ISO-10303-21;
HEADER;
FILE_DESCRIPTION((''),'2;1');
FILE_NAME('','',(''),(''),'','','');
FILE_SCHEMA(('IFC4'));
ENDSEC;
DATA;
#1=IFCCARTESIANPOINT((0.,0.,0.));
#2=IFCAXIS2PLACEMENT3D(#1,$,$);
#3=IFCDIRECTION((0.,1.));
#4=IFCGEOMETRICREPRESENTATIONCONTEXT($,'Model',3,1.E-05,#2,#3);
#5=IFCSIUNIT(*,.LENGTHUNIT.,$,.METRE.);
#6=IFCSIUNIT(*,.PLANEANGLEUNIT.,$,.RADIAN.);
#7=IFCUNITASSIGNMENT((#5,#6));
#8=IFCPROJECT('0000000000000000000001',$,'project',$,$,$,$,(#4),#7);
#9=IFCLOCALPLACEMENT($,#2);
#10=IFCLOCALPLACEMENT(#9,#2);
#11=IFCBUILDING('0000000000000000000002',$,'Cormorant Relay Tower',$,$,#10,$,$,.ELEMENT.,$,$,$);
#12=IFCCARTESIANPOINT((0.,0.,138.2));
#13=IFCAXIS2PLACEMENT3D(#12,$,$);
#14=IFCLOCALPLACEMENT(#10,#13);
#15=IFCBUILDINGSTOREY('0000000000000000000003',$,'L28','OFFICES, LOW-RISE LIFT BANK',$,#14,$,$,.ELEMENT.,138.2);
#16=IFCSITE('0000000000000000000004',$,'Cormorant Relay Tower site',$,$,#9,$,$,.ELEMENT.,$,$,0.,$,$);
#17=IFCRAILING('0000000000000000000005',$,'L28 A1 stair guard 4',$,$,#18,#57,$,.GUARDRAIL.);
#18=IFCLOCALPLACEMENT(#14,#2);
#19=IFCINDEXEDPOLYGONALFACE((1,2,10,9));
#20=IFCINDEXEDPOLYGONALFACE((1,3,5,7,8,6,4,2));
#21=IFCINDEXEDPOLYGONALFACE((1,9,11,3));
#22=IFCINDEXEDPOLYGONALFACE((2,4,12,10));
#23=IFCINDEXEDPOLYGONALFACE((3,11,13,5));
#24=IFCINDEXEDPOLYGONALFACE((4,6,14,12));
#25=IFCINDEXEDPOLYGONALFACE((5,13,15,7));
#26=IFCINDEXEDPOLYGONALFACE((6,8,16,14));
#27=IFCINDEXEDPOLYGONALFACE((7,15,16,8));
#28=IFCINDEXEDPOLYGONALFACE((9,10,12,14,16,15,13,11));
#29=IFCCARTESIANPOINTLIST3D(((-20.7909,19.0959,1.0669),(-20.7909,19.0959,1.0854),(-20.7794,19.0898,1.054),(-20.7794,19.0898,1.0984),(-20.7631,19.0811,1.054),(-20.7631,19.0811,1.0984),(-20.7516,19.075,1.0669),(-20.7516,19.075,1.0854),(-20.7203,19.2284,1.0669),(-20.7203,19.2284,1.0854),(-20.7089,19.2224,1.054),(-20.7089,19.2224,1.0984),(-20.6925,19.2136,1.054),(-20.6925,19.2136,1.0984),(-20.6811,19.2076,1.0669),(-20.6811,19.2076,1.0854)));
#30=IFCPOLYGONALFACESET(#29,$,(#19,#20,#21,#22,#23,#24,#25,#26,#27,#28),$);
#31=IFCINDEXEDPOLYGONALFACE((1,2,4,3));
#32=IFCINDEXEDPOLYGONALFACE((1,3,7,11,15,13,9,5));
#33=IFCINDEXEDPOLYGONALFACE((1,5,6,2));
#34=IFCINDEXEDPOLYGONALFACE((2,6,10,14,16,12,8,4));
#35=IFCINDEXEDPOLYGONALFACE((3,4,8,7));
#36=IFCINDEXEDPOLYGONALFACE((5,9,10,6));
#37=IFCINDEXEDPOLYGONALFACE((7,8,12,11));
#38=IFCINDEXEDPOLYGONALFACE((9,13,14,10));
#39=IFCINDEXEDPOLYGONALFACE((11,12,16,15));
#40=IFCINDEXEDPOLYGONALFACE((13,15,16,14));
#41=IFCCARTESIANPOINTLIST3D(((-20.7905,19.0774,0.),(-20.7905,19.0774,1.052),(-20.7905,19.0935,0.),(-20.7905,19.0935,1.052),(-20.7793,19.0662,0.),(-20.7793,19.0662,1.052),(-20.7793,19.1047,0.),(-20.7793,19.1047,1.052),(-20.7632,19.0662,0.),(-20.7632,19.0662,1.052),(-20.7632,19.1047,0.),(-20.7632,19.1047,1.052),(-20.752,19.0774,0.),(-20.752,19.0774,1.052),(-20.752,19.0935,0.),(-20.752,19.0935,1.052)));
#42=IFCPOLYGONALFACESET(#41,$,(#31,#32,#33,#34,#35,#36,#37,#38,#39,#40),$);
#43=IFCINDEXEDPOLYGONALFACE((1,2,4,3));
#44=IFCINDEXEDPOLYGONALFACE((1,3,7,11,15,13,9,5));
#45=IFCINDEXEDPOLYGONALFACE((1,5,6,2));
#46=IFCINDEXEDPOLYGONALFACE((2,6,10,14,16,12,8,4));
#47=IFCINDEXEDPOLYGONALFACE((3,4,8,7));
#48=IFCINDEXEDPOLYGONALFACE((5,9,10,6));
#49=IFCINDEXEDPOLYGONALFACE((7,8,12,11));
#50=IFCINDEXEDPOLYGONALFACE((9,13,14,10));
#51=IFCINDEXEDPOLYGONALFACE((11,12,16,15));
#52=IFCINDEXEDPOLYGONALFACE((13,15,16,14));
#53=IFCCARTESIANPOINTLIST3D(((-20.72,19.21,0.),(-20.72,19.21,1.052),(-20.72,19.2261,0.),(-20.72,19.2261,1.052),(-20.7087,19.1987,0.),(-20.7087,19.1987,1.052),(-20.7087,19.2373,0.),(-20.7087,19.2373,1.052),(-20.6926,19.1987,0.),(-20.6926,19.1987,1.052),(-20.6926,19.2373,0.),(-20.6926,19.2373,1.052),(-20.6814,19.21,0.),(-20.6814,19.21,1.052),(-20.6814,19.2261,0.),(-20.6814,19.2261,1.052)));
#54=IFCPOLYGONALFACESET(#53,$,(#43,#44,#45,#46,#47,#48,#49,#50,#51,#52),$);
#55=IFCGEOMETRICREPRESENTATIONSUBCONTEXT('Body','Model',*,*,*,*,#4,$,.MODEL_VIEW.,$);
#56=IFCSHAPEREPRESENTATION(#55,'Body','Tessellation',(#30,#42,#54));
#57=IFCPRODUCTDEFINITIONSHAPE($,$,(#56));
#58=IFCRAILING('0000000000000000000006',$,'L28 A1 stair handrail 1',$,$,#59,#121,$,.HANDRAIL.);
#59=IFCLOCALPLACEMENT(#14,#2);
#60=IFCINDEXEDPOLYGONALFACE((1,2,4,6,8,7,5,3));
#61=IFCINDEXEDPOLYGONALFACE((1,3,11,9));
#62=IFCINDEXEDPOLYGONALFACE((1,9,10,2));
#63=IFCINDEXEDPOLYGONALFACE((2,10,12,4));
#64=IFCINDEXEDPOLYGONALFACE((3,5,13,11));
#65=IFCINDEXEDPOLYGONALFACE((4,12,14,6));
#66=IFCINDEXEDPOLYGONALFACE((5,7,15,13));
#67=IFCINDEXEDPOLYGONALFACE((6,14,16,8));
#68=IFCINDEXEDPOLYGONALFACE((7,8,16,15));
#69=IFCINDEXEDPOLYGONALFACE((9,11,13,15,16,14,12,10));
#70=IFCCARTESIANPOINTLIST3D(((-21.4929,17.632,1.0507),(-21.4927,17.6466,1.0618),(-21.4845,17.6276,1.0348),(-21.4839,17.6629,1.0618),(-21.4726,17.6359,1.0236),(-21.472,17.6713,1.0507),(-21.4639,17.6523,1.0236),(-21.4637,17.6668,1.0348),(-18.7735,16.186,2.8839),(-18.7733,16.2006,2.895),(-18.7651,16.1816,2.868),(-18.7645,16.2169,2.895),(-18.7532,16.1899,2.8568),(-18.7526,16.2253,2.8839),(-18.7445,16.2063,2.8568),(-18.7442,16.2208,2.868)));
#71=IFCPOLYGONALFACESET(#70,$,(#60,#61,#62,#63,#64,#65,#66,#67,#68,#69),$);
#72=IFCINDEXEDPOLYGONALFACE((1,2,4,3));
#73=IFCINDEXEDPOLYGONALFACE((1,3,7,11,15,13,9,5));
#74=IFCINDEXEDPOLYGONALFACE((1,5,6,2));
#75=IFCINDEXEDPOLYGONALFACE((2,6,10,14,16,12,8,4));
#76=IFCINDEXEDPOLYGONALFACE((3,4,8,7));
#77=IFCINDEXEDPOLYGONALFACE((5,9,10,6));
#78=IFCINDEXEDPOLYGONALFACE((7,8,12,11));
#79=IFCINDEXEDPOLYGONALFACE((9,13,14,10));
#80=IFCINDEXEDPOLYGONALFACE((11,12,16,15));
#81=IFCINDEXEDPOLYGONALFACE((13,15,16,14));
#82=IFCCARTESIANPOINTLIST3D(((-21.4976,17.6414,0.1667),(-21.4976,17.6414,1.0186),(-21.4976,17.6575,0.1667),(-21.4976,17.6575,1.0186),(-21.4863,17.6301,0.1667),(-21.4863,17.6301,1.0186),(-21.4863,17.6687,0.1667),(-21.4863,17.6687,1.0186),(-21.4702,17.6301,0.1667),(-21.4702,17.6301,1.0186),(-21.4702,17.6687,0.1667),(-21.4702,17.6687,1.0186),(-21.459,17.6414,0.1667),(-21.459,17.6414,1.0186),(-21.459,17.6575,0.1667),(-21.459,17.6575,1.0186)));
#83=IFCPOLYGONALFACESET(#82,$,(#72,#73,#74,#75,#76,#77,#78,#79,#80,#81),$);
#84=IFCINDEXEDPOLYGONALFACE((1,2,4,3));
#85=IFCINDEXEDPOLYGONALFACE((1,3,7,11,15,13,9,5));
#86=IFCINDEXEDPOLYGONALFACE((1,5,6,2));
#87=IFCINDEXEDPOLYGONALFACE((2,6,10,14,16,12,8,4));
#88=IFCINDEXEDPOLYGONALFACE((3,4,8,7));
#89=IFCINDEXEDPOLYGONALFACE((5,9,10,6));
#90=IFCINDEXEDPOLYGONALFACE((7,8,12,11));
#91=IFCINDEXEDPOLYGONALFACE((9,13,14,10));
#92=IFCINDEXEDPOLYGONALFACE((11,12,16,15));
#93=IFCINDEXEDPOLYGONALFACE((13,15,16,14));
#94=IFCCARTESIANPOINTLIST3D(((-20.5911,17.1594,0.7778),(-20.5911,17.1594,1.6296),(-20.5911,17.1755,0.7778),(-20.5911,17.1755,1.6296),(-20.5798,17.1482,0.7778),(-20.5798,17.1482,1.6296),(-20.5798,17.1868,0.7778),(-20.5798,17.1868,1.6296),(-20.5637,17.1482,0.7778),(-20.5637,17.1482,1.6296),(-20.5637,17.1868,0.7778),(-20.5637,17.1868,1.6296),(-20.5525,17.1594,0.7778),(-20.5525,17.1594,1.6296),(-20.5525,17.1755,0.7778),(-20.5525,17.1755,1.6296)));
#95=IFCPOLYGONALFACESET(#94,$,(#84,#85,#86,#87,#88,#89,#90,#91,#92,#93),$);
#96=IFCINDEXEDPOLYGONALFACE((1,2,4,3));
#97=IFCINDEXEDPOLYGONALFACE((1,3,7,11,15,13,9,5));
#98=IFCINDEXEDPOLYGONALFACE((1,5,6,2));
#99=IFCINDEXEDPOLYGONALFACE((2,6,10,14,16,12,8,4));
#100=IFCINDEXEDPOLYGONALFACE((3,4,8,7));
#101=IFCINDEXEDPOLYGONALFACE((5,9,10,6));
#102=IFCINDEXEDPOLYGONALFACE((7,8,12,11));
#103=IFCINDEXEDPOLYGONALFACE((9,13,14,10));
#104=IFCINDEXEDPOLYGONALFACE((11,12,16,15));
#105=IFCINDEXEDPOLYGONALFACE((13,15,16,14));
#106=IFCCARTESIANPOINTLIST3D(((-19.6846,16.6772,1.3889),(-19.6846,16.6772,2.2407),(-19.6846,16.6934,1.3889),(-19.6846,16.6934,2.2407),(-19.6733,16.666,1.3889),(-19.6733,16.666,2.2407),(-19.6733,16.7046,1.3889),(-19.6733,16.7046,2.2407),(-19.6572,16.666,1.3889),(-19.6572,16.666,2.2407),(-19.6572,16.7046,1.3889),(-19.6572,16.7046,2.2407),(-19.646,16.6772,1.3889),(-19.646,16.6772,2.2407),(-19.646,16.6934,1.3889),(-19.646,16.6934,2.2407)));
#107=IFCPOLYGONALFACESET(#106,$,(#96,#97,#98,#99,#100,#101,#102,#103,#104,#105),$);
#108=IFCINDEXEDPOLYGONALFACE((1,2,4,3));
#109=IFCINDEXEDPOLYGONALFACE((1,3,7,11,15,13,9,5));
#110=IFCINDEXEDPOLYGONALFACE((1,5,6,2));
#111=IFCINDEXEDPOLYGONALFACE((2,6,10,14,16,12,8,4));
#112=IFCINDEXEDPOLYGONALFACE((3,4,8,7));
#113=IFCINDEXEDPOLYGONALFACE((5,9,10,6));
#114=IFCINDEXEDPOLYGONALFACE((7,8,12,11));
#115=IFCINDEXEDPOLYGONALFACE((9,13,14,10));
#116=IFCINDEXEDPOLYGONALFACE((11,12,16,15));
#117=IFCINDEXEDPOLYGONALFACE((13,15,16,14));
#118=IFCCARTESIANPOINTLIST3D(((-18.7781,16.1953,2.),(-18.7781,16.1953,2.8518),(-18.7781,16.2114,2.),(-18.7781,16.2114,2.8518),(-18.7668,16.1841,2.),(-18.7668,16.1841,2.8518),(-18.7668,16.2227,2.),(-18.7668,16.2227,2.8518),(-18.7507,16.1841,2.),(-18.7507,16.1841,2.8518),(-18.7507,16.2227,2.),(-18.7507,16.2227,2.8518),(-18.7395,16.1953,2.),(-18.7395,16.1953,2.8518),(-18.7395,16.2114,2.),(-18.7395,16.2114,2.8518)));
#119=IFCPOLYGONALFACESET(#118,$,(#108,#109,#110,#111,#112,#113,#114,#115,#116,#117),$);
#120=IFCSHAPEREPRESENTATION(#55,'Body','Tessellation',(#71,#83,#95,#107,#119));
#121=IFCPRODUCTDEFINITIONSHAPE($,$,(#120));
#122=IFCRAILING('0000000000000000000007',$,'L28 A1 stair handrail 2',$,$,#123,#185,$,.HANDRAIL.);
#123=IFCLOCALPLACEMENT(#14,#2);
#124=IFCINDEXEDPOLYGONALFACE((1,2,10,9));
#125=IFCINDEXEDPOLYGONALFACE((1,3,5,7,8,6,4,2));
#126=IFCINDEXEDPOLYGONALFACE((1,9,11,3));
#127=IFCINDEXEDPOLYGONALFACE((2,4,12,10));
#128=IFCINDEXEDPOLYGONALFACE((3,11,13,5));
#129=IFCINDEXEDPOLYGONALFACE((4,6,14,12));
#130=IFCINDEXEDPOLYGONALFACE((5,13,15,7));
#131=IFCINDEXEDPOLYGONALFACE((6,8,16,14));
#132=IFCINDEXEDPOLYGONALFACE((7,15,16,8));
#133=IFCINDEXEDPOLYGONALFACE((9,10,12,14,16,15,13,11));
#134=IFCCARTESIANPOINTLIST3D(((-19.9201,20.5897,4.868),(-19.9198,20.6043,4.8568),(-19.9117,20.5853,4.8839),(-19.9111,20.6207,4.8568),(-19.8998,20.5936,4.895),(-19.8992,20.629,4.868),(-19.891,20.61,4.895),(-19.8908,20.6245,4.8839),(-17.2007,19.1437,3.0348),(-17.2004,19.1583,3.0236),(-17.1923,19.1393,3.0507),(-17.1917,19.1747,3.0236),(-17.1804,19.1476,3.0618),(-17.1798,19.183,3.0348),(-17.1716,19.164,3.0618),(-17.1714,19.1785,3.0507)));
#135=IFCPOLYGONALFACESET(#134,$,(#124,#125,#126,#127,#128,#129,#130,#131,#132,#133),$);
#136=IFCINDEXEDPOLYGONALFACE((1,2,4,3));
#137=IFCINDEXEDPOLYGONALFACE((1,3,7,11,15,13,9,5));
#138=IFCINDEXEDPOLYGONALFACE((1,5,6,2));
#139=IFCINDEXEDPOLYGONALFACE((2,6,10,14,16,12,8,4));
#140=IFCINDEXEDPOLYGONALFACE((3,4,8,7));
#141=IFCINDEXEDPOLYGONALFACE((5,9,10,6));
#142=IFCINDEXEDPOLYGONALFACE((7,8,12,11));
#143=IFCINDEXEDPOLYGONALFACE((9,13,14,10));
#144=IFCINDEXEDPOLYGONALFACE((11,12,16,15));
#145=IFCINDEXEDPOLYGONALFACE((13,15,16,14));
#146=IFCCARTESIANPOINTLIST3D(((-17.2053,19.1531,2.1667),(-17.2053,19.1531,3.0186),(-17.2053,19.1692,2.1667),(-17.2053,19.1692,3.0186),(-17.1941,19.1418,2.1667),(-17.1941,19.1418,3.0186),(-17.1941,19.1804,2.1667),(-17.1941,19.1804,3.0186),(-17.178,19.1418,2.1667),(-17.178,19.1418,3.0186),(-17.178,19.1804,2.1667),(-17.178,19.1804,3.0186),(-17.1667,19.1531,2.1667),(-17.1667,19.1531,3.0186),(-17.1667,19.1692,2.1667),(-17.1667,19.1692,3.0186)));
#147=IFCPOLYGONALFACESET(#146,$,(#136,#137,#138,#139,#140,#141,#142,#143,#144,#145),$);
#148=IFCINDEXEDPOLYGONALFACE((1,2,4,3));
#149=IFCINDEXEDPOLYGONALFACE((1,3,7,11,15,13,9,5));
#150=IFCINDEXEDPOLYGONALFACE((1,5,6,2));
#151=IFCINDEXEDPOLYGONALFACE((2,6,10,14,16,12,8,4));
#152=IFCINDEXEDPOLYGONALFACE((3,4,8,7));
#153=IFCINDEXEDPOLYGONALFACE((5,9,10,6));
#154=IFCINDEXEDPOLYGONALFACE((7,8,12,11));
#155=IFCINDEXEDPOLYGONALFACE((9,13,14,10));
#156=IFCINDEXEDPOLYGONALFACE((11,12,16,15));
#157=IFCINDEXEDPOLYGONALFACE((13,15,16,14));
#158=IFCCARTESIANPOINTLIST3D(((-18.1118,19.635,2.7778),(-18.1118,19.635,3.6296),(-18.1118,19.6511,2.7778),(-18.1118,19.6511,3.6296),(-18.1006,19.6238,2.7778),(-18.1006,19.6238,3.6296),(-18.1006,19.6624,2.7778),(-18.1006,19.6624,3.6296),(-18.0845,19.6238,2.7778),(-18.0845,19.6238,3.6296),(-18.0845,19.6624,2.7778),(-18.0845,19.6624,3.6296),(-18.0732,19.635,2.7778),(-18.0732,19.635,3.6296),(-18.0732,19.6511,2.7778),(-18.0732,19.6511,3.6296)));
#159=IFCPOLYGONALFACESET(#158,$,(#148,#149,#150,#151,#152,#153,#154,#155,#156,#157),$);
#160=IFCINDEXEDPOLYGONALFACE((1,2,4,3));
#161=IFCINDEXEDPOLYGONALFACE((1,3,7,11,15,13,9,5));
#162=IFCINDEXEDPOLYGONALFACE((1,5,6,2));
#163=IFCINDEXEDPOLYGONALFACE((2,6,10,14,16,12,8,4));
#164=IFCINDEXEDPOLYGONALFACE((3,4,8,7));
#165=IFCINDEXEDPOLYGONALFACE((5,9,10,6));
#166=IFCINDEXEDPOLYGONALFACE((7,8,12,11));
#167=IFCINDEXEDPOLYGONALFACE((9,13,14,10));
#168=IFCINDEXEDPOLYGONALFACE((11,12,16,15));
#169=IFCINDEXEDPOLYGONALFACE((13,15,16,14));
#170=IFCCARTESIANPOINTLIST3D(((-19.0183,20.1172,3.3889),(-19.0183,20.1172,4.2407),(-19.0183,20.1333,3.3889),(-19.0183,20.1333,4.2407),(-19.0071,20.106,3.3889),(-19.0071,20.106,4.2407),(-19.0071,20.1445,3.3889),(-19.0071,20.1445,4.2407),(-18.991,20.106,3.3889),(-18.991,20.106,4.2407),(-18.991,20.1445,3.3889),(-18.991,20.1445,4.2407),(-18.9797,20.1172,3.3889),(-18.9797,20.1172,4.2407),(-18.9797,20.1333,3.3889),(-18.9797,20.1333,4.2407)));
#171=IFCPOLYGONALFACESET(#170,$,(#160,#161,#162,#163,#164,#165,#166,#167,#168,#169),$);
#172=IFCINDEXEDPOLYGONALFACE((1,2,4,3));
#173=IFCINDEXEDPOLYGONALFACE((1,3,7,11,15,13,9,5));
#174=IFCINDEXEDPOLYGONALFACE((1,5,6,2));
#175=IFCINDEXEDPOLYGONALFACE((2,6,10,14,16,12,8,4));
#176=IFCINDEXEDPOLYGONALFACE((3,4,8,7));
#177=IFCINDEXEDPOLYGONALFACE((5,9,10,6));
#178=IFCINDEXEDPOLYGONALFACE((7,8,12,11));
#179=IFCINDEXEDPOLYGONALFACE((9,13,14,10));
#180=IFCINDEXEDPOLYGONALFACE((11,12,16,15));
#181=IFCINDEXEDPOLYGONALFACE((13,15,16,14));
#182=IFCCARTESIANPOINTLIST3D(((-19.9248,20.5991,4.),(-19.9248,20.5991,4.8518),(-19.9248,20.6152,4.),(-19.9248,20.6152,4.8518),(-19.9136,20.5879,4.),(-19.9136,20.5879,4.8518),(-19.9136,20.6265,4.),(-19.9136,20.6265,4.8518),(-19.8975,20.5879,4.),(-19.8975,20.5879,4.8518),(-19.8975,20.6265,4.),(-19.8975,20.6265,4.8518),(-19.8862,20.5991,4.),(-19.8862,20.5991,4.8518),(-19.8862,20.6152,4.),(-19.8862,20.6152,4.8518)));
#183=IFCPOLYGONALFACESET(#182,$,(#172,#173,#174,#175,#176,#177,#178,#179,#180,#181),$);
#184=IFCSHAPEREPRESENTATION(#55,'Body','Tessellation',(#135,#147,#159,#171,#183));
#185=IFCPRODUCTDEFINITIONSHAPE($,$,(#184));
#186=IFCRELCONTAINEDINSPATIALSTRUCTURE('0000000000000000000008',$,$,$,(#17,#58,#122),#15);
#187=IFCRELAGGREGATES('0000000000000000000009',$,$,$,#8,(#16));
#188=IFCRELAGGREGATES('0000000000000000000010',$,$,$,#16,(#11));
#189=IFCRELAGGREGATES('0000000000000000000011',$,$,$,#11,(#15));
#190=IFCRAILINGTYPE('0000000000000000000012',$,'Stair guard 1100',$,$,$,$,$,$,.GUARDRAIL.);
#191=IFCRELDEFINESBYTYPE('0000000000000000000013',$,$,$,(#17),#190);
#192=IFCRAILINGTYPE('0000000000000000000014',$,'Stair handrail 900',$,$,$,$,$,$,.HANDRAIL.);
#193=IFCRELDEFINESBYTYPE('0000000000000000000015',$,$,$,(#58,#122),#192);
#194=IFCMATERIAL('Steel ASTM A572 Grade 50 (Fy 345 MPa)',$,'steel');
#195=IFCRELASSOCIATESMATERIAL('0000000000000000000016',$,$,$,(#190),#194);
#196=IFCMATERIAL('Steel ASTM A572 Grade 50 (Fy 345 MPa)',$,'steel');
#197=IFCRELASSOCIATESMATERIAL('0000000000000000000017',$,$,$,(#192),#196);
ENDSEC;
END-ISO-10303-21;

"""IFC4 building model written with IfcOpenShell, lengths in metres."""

from ifc_helpers import new_model, si_unit, direction, frame, origin, place, context, subcontext, project, spatial, polyline, outline, extrude, material, type_object, element, save


model = new_model("IFC4")

# Units and contexts
model_context = context("Model", 3, precision=1e-05, world=origin(), true_north=direction((0.0, 1.0)))
body_context = subcontext(model_context, "Body", "Model", "MODEL_VIEW")
ifc_project = project(units=[si_unit("LENGTHUNIT", "METRE"), si_unit("PLANEANGLEUNIT", "RADIAN")], contexts=[model_context])

# Site, building, storey
site_placement = place(None, origin())
site = spatial("IfcSite", under=ifc_project, at=site_placement, Name="Cormorant Relay Tower site", CompositionType="ELEMENT", RefElevation=0.0)
building_placement = place(site_placement, origin())
building = spatial("IfcBuilding", under=site, at=building_placement, Name="Cormorant Relay Tower", CompositionType="ELEMENT")
storey_placement = place(building_placement, frame((0.0, 0.0, 138.2)))
storey = spatial("IfcBuildingStorey", under=building, at=storey_placement, Name="L28", Description="OFFICES, LOW-RISE LIFT BANK", CompositionType="ELEMENT", Elevation=138.2)

# Railings
ifc_material_1 = material(Name="Steel ASTM A572 Grade 50 (Fy 345 MPa)", Category="steel")
railing_type_1 = type_object("IfcRailingType", Name="Stair guard 1100", PredefinedType="GUARDRAIL", material=ifc_material_1)
railing_1_placement = place(storey_placement, frame((-20.7712, 19.0854, 0.0)))
element("IfcRailing", 1, at=railing_1_placement, inside=storey, type_object=railing_type_1, Name="L28 A1 stair guard 4", PredefinedType="GUARDRAIL", context=body_context, shape_type="SweptSolid", body=[
    extrude(outline(polyline([(0.0222, 0.0093), (0.0093, 0.0222), (-0.0093, 0.0222), (-0.0222, 0.0093), (-0.0222, -0.0093), (-0.0093, -0.0222), (0.0093, -0.0222), (0.0222, -0.0093), (0.0222, 0.0093)])), frame((0.0, 0.0, 1.0762), z_axis=(0.469829, 0.882758, 0.0), x_axis=(-0.882758, 0.469829, 0.0)), (0.0, 0.0, 1.0), 0.1501),
    extrude(outline(polyline([(0.0193, 0.0081), (0.0081, 0.0193), (-0.0081, 0.0193), (-0.0193, 0.0081), (-0.0193, -0.0081), (-0.0081, -0.0193), (0.0081, -0.0193), (0.0193, -0.0081), (0.0193, 0.0081)])), origin(), (0.0, 0.0, 1.0), 1.052),
    extrude(outline(polyline([(0.0193, 0.0081), (0.0081, 0.0193), (-0.0081, 0.0193), (-0.0193, 0.0081), (-0.0193, -0.0081), (-0.0081, -0.0193), (0.0081, -0.0193), (0.0193, -0.0081), (0.0193, 0.0081)])), frame((0.0706, 0.1326, 0.0)), (0.0, 0.0, 1.0), 1.052),
])
ifc_material_2 = material(Name="Steel ASTM A572 Grade 50 (Fy 345 MPa)", Category="steel")
railing_type_2 = type_object("IfcRailingType", Name="Stair handrail 900", PredefinedType="HANDRAIL", material=ifc_material_2)
railing_2_placement = place(storey_placement, frame((-21.4783, 17.6494, 0.1667)))
element("IfcRailing", 2, at=railing_2_placement, inside=storey, type_object=railing_type_2, Name="L28 A1 stair handrail 1", PredefinedType="HANDRAIL", context=body_context, shape_type="SweptSolid", body=[
    extrude(outline(polyline([(0.0222, 0.0093), (0.0093, 0.0222), (-0.0093, 0.0222), (-0.0222, 0.0093), (-0.0222, -0.0093), (-0.0093, -0.0222), (0.0093, -0.0222), (0.0222, -0.0093), (0.0222, 0.0093)])), frame((0.0, 0.0, 0.876), z_axis=(0.758714, -0.403435, 0.511463), x_axis=(0.469489, 0.882938, 0.0)), (0.0, 0.0, 1.0), 3.5842),
    extrude(outline(polyline([(0.0193, 0.0081), (0.0081, 0.0193), (-0.0081, 0.0193), (-0.0193, 0.0081), (-0.0193, -0.0081), (-0.0081, -0.0193), (0.0081, -0.0193), (0.0193, -0.0081), (0.0193, 0.0081)])), origin(), (0.0, 0.0, 1.0), 0.8518),
    extrude(outline(polyline([(0.0193, 0.0081), (0.0081, 0.0193), (-0.0081, 0.0193), (-0.0193, 0.0081), (-0.0193, -0.0081), (-0.0081, -0.0193), (0.0081, -0.0193), (0.0193, -0.0081), (0.0193, 0.0081)])), frame((0.9065, -0.4819, 0.6111)), (0.0, 0.0, 1.0), 0.8518),
    extrude(outline(polyline([(0.0193, 0.0081), (0.0081, 0.0193), (-0.0081, 0.0193), (-0.0193, 0.0081), (-0.0193, -0.0081), (-0.0081, -0.0193), (0.0081, -0.0193), (0.0193, -0.0081), (0.0193, 0.0081)])), frame((1.813, -0.9641, 1.2222)), (0.0, 0.0, 1.0), 0.8518),
    extrude(outline(polyline([(0.0193, 0.0081), (0.0081, 0.0193), (-0.0081, 0.0193), (-0.0193, 0.0081), (-0.0193, -0.0081), (-0.0081, -0.0193), (0.0081, -0.0193), (0.0193, -0.0081), (0.0193, 0.0081)])), frame((2.7195, -1.446, 1.8333)), (0.0, 0.0, 1.0), 0.8518),
])
railing_3_placement = place(storey_placement, frame((-17.186, 19.1611, 2.1667)))
element("IfcRailing", 3, at=railing_3_placement, inside=storey, type_object=railing_type_2, Name="L28 A1 stair handrail 2", PredefinedType="HANDRAIL", context=body_context, shape_type="SweptSolid", body=[
    extrude(outline(polyline([(0.0222, 0.0093), (0.0093, 0.0222), (-0.0093, 0.0222), (-0.0222, 0.0093), (-0.0222, -0.0093), (-0.0093, -0.0222), (0.0093, -0.0222), (0.0222, -0.0093), (0.0222, 0.0093)])), frame((0.0, 0.0, 0.876), z_axis=(-0.758714, 0.403435, 0.511463), x_axis=(-0.469489, -0.882938, 0.0)), (0.0, 0.0, 1.0), 3.5842),
    extrude(outline(polyline([(0.0193, 0.0081), (0.0081, 0.0193), (-0.0081, 0.0193), (-0.0193, 0.0081), (-0.0193, -0.0081), (-0.0081, -0.0193), (0.0081, -0.0193), (0.0193, -0.0081), (0.0193, 0.0081)])), origin(), (0.0, 0.0, 1.0), 0.8518),
    extrude(outline(polyline([(0.0193, 0.0081), (0.0081, 0.0193), (-0.0081, 0.0193), (-0.0193, 0.0081), (-0.0193, -0.0081), (-0.0081, -0.0193), (0.0081, -0.0193), (0.0193, -0.0081), (0.0193, 0.0081)])), frame((-0.9065, 0.4819, 0.6111)), (0.0, 0.0, 1.0), 0.8518),
    extrude(outline(polyline([(0.0193, 0.0081), (0.0081, 0.0193), (-0.0081, 0.0193), (-0.0193, 0.0081), (-0.0193, -0.0081), (-0.0081, -0.0193), (0.0081, -0.0193), (0.0193, -0.0081), (0.0193, 0.0081)])), frame((-1.813, 0.9641, 1.2222)), (0.0, 0.0, 1.0), 0.8518),
    extrude(outline(polyline([(0.0193, 0.0081), (0.0081, 0.0193), (-0.0081, 0.0193), (-0.0193, 0.0081), (-0.0193, -0.0081), (-0.0081, -0.0193), (0.0081, -0.0193), (0.0193, -0.0081), (0.0193, 0.0081)])), frame((-2.7195, 1.446, 1.8333)), (0.0, 0.0, 1.0), 0.8518),
])

save(model, "model.ifc")
